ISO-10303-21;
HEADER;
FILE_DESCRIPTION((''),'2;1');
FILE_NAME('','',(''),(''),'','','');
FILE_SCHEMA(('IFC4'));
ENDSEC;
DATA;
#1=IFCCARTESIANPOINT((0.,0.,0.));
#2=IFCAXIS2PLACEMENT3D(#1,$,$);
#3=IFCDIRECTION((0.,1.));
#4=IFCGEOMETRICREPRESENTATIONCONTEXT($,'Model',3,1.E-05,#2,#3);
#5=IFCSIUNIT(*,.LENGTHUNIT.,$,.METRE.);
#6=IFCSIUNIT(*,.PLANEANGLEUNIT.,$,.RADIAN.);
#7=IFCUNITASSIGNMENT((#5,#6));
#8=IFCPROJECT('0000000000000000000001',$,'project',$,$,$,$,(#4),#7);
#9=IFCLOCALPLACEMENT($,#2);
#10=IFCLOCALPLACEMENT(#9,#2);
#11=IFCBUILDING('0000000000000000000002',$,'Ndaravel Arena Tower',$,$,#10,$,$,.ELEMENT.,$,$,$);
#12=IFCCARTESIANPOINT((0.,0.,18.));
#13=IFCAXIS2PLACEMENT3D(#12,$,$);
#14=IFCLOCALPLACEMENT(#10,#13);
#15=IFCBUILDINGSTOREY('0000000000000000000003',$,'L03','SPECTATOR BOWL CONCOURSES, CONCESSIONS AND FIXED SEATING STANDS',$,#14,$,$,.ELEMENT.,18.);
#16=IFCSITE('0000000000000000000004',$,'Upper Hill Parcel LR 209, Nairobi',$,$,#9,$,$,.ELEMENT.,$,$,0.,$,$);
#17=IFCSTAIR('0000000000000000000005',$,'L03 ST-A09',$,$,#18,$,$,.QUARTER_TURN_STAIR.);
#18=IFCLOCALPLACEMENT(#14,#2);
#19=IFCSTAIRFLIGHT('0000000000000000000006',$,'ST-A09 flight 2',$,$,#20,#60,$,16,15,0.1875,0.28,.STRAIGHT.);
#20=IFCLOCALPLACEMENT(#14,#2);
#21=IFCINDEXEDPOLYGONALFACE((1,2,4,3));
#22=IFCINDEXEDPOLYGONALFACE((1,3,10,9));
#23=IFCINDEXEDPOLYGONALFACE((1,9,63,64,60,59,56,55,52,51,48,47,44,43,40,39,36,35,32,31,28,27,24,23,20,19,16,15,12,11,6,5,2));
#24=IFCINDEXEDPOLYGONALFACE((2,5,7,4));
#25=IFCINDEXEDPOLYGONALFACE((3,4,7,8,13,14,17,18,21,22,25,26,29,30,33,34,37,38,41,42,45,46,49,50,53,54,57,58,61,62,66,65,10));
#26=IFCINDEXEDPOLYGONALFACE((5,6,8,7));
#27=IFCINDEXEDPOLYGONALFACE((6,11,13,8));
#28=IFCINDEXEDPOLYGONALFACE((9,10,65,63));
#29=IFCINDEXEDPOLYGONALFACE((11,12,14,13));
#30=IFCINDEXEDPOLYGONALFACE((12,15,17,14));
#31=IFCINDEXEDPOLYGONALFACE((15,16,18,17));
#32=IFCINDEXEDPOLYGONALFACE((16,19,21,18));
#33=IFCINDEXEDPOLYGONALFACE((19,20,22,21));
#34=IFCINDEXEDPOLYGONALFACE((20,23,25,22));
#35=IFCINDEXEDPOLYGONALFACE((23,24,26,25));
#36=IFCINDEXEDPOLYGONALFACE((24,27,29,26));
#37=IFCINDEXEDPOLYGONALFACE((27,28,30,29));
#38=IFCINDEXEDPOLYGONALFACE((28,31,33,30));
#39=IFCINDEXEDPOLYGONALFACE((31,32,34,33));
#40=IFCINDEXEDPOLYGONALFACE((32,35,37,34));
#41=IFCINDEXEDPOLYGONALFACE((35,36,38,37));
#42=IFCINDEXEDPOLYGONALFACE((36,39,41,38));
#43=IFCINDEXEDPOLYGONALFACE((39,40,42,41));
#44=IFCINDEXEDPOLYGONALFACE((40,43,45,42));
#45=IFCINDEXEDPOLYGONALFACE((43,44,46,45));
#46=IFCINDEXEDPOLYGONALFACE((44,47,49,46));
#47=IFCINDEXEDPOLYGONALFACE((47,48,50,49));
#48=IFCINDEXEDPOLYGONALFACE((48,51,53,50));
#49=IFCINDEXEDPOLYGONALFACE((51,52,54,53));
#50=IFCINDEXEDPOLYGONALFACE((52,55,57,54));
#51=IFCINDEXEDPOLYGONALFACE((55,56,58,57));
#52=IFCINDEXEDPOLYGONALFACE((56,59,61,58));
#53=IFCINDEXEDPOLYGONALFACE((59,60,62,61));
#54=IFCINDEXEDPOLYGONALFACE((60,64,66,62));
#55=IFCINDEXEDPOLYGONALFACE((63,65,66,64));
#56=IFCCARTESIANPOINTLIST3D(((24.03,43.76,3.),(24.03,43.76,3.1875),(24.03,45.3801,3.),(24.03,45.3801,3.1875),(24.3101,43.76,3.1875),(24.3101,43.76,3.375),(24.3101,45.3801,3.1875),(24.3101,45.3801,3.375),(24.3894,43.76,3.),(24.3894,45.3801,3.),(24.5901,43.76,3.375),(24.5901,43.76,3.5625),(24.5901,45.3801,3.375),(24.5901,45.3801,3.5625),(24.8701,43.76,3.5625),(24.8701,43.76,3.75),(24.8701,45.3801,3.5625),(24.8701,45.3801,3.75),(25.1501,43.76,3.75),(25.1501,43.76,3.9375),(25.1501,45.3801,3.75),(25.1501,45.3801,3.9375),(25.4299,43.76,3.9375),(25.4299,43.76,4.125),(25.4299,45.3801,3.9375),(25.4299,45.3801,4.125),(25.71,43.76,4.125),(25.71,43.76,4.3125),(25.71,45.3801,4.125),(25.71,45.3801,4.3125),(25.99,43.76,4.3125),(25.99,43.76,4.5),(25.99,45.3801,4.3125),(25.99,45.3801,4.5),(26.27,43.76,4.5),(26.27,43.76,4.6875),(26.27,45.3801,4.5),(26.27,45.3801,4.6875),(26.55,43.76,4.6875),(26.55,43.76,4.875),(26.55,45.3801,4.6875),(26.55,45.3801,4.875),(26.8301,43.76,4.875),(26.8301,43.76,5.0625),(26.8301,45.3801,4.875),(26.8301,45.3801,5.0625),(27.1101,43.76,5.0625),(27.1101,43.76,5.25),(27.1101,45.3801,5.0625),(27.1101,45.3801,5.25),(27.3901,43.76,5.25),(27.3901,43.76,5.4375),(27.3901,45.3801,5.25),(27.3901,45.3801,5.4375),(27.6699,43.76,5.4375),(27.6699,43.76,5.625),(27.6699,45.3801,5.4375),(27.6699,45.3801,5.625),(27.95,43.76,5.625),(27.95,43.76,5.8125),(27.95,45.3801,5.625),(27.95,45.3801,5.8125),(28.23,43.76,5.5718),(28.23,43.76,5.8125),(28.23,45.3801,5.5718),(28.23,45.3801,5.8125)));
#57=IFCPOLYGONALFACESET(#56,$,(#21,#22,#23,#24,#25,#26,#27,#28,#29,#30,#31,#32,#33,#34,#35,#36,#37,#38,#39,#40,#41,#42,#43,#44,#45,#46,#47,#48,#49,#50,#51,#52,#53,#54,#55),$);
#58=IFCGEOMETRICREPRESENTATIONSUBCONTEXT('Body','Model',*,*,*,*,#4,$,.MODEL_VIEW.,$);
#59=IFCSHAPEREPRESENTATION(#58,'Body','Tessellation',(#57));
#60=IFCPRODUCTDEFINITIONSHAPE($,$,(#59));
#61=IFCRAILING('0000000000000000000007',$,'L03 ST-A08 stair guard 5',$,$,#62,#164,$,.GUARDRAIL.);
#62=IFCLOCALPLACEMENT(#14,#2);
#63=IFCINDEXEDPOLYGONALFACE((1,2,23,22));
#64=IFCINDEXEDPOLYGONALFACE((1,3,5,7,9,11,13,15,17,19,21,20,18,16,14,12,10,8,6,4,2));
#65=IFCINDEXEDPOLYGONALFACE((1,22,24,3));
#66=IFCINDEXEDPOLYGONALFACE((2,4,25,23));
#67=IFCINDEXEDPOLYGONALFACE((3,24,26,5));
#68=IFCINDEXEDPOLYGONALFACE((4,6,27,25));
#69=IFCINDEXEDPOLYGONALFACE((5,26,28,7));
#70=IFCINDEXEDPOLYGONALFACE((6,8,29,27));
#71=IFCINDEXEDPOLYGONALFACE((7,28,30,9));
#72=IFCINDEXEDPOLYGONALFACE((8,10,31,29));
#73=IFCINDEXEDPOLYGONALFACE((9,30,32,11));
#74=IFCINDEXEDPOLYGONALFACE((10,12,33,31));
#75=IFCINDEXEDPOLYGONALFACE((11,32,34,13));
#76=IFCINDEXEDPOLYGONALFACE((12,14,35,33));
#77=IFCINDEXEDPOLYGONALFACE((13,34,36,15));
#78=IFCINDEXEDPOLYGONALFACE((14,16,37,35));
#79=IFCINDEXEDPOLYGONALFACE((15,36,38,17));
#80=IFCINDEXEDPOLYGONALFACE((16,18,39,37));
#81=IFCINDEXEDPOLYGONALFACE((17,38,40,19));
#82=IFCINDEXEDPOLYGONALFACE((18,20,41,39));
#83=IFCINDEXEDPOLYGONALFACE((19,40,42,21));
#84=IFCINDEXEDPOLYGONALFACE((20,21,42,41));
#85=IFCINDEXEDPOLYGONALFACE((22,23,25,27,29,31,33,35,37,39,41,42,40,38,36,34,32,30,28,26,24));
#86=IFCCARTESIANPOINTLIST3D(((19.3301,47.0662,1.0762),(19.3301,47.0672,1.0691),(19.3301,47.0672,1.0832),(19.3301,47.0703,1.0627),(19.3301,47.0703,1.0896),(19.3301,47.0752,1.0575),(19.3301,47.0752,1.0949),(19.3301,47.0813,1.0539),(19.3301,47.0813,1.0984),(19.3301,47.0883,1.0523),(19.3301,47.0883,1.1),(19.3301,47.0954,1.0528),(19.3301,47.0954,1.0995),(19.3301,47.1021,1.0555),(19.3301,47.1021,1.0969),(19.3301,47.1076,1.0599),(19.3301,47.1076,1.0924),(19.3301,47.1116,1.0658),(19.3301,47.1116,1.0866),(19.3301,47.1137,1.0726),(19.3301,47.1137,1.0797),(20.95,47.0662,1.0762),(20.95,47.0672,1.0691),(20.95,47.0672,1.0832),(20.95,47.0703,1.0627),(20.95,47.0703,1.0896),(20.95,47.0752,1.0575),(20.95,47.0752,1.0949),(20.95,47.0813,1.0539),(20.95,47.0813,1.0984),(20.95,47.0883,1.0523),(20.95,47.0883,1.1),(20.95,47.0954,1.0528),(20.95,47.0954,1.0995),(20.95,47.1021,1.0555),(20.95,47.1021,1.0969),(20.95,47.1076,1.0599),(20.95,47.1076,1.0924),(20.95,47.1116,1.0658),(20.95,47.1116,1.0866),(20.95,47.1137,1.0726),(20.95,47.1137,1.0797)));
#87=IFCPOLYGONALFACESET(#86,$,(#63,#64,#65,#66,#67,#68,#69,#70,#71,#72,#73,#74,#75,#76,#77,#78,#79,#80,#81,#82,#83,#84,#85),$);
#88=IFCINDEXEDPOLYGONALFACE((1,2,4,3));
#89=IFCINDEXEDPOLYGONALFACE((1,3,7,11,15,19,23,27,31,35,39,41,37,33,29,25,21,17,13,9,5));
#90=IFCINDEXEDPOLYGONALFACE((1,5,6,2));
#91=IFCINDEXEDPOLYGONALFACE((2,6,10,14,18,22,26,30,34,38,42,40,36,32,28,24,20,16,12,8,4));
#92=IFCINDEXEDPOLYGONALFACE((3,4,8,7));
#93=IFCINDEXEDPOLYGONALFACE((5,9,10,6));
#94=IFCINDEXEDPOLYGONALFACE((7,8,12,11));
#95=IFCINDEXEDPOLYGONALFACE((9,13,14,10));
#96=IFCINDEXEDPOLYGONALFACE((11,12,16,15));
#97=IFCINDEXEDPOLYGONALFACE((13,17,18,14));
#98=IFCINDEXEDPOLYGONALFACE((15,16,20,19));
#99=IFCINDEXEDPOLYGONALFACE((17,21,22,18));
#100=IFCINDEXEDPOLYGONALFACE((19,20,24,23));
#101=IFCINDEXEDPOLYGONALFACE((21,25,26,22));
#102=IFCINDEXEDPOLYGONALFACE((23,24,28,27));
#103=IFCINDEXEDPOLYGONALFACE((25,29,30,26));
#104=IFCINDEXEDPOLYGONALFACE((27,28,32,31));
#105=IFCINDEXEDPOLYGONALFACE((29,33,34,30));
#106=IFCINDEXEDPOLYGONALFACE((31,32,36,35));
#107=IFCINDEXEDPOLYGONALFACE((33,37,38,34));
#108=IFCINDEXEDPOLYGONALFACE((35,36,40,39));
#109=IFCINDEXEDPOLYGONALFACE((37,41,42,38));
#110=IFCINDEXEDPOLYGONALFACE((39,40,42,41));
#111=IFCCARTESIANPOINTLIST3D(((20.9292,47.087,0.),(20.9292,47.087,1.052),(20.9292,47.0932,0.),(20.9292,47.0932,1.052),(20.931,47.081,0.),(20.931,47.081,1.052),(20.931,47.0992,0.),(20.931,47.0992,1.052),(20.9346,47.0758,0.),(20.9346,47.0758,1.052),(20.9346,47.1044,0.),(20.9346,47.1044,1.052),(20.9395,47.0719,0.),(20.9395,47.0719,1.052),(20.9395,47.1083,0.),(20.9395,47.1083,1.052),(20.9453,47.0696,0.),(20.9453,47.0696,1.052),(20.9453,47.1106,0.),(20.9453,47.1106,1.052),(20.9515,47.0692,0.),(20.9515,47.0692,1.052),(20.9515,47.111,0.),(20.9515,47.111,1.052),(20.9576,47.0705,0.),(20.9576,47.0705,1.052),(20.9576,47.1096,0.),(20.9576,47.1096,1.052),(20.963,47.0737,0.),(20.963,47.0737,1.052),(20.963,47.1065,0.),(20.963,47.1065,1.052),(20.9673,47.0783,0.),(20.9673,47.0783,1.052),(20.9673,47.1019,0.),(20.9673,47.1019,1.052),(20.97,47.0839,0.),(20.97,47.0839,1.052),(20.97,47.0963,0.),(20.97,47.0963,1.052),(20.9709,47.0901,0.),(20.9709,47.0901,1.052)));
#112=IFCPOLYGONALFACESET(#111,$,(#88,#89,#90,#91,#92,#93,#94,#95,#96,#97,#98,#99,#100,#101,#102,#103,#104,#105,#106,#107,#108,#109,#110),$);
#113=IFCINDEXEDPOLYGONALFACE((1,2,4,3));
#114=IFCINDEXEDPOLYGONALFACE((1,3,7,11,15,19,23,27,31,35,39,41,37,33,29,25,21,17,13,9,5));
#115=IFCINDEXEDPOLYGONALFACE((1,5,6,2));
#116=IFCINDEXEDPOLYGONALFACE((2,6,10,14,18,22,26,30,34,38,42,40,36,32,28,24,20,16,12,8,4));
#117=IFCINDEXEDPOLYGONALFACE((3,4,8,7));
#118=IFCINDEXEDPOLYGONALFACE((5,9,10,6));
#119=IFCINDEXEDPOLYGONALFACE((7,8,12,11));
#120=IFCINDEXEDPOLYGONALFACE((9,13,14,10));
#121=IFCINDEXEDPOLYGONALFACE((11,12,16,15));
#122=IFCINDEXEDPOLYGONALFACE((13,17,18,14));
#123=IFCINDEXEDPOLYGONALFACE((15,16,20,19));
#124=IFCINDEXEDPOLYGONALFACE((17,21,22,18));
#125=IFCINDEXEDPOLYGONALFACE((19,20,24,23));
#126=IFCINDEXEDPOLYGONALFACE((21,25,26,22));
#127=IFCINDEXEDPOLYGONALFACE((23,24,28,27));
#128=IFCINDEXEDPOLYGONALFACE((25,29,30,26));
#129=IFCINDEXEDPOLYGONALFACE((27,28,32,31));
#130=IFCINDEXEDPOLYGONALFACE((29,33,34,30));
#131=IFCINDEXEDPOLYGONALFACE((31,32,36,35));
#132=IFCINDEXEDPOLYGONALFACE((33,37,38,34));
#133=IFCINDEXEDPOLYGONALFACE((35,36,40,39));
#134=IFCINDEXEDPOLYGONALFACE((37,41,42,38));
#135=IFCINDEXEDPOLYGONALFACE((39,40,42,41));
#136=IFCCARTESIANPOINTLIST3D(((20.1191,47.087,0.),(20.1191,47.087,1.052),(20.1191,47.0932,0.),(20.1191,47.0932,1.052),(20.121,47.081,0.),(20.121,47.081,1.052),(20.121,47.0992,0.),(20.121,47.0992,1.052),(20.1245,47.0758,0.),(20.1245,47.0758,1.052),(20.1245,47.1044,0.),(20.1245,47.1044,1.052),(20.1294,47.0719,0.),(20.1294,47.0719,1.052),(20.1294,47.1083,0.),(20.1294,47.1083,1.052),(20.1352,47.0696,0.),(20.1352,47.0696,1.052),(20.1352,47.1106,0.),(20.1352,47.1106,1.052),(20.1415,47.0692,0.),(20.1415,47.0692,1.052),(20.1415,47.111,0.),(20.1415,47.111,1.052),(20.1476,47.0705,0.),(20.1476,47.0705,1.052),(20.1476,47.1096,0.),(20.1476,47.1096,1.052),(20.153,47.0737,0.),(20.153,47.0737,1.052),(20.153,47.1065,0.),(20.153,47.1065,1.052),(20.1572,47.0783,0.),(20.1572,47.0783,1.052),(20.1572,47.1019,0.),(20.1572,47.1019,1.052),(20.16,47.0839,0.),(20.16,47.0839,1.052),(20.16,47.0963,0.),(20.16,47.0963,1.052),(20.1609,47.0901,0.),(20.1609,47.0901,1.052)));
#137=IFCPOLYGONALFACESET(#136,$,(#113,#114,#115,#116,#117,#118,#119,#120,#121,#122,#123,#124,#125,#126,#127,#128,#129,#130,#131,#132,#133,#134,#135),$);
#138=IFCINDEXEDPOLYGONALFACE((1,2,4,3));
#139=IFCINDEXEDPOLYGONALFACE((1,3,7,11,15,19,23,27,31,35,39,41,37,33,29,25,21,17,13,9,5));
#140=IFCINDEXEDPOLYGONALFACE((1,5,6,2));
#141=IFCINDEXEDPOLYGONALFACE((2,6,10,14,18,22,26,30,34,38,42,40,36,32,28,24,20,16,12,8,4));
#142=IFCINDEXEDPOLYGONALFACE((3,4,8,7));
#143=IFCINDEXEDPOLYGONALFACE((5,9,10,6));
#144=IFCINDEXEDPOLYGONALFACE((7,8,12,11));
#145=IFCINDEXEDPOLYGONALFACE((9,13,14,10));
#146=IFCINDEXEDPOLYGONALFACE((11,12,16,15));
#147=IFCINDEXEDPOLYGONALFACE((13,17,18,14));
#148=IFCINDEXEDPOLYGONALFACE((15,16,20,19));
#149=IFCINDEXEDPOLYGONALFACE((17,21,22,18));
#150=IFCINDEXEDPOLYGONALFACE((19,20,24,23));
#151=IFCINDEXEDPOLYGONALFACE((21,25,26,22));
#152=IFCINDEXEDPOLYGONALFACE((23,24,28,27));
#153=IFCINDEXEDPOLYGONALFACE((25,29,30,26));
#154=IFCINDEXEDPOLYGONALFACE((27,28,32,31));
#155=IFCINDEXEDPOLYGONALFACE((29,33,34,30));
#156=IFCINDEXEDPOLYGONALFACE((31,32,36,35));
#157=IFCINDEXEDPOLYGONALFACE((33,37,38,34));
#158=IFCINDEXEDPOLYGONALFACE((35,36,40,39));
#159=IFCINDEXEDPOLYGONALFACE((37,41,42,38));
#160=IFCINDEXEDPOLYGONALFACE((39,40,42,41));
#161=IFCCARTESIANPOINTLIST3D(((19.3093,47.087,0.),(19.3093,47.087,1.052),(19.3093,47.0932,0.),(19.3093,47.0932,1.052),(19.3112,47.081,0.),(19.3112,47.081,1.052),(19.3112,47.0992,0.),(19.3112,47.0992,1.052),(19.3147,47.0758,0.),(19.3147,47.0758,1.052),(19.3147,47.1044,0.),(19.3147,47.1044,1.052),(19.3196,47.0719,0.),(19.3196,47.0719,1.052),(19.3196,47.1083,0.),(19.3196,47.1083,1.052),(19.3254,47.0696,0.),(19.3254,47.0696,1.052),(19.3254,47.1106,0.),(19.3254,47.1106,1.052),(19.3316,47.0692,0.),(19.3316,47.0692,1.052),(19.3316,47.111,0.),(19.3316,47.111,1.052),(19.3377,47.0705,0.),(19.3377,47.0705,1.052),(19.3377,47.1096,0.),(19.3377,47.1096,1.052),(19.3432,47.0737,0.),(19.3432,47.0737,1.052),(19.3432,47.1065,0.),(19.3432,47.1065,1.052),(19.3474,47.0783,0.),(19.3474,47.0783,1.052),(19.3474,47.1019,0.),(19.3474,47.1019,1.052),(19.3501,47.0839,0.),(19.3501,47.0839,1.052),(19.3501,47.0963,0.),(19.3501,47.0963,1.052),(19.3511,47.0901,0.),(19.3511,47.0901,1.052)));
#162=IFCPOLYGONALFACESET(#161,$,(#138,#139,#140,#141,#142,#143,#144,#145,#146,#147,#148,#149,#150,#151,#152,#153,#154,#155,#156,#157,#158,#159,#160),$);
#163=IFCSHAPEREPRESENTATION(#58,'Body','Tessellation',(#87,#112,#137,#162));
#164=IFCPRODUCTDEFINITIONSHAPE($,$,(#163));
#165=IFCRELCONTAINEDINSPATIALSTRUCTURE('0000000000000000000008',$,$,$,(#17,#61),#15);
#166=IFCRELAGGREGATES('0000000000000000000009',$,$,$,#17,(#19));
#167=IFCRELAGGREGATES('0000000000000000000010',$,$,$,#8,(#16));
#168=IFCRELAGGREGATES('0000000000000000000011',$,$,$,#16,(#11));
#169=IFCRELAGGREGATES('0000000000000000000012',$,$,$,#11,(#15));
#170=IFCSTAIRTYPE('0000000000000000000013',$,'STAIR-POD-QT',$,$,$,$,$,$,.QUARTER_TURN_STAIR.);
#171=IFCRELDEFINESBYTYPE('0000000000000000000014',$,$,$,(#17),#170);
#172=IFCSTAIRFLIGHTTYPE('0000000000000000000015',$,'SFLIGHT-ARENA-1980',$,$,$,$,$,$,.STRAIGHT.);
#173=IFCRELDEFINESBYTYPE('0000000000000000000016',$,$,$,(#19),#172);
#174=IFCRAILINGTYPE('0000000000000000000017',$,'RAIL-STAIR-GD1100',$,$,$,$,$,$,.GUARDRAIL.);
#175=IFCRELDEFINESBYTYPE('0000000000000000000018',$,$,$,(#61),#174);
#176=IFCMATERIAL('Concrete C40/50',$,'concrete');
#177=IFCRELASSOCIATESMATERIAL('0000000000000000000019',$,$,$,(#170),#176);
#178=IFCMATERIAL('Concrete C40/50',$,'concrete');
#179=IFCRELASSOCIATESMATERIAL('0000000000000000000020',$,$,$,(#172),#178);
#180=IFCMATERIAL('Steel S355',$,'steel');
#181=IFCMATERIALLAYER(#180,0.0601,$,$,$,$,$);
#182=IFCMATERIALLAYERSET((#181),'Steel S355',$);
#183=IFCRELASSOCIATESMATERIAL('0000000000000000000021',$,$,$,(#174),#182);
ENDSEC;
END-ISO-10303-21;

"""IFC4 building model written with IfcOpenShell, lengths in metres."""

from ifc_helpers import new_model, si_unit, direction, frame, origin, origin_2d, place, context, subcontext, project, spatial, polyline, circle, outline, extrude, material, layer, layer_set, type_object, element, aggregate, save


model = new_model("IFC4")

# Units and contexts
model_context = context("Model", 3, precision=1e-05, world=origin(), true_north=direction((0.0, 1.0)))
body_context = subcontext(model_context, "Body", "Model", "MODEL_VIEW")
ifc_project = project(units=[si_unit("LENGTHUNIT", "METRE"), si_unit("PLANEANGLEUNIT", "RADIAN")], contexts=[model_context])

# Site, building, storey
site_placement = place(None, origin())
site = spatial("IfcSite", under=ifc_project, at=site_placement, Name="Upper Hill Parcel LR 209, Nairobi", CompositionType="ELEMENT", RefElevation=0.0)
building_placement = place(site_placement, origin())
building = spatial("IfcBuilding", under=site, at=building_placement, Name="Ndaravel Arena Tower", CompositionType="ELEMENT")
storey_placement = place(building_placement, frame((0.0, 0.0, 18.0)))
storey = spatial("IfcBuildingStorey", under=building, at=storey_placement, Name="L03", Description="SPECTATOR BOWL CONCOURSES, CONCESSIONS AND FIXED SEATING STANDS", CompositionType="ELEMENT", Elevation=18.0)

# Stair, stair flight
ifc_material_1 = material(Name="Concrete C40/50", Category="concrete")
stair_type = type_object("IfcStairType", Name="STAIR-POD-QT", PredefinedType="QUARTER_TURN_STAIR", material=ifc_material_1)
stair_placement = place(storey_placement, origin())
stair = element("IfcStair", 1, at=stair_placement, inside=storey, type_object=stair_type, Name="L03 ST-A09", PredefinedType="QUARTER_TURN_STAIR")
ifc_material_2 = material(Name="Concrete C40/50", Category="concrete")
stair_flight_type = type_object("IfcStairFlightType", Name="SFLIGHT-ARENA-1980", PredefinedType="STRAIGHT", material=ifc_material_2)
stair_flight_1_placement = place(storey_placement, frame((24.03, 44.5701, 3.0), z_axis=(0.0, 0.0, 1.0), x_axis=(1.0, 0.0, 0.0)))
stair_flight_1 = element("IfcStairFlight", 2, at=stair_flight_1_placement, type_object=stair_flight_type, Name="ST-A09 flight 2", NumberOfRisers=16, NumberOfTreads=15, PredefinedType="STRAIGHT", RiserHeight=0.1875, TreadLength=0.28, context=body_context, shape_type="SweptSolid", body=[
    extrude(outline(polyline([(0.0, 0.0), (0.0, 0.1875), (0.28, 0.1875), (0.28, 0.375), (0.5601, 0.375), (0.5601, 0.5625), (0.8401, 0.5625), (0.8401, 0.75), (1.1201, 0.75), (1.1201, 0.9375), (1.3999, 0.9375), (1.3999, 1.125), (1.6799, 1.125), (1.6799, 1.3125), (1.96, 1.3125), (1.96, 1.5), (2.24, 1.5), (2.24, 1.6875), (2.52, 1.6875), (2.52, 1.875), (2.8, 1.875), (2.8, 2.0625), (3.0801, 2.0625), (3.0801, 2.25), (3.3601, 2.25), (3.3601, 2.4375), (3.6399, 2.4375), (3.6399, 2.625), (3.9199, 2.625), (3.9199, 2.8125), (4.2, 2.8125), (4.2, 3.0), (4.2, 2.5718), (0.3594, 0.0), (0.0, 0.0)])), frame((0.0, 0.8101, 0.0), z_axis=(0.0, -1.0, 0.0), x_axis=(1.0, 0.0, 0.0)), (0.0, 0.0, 1.0), 1.6201),
])
aggregate(stair, [stair_flight_1])

# Railing
ifc_material_3 = material(Name="Steel S355", Category="steel")
ifc_layer_1 = layer(ifc_material_3, 0.0601)
ifc_layer_set_1 = layer_set([ifc_layer_1], Name="Steel S355")
railing_type_1 = type_object("IfcRailingType", Name="RAIL-STAIR-GD1100", PredefinedType="GUARDRAIL", material=ifc_layer_set_1)
for number, where, name in (
    (3, (20.95, 47.0901, 0.0), "L03 ST-A08 stair guard 5"),
):
    element("IfcRailing", number, at=place(storey_placement, frame(where)), inside=storey, type_object=railing_type_1, Name=name, PredefinedType="GUARDRAIL", context=body_context, shape_type="SweptSolid", body=[
        extrude(circle(Radius=0.0239, at=origin_2d()), frame((0.0, 0.0, 1.0762), z_axis=(-1.0, 0.0, 0.0), x_axis=(0.0, -1.0, 0.0)), (0.0, 0.0, 1.0), 1.6199),
        extrude(circle(Radius=0.021, at=origin_2d()), origin(), (0.0, 0.0, 1.0), 1.052),
        extrude(circle(Radius=0.021, at=origin_2d()), frame((-0.8101, 0.0, 0.0)), (0.0, 0.0, 1.0), 1.052),
        extrude(circle(Radius=0.021, at=origin_2d()), frame((-1.6199, 0.0, 0.0)), (0.0, 0.0, 1.0), 1.052),
    ])

save(model, "model.ifc")
